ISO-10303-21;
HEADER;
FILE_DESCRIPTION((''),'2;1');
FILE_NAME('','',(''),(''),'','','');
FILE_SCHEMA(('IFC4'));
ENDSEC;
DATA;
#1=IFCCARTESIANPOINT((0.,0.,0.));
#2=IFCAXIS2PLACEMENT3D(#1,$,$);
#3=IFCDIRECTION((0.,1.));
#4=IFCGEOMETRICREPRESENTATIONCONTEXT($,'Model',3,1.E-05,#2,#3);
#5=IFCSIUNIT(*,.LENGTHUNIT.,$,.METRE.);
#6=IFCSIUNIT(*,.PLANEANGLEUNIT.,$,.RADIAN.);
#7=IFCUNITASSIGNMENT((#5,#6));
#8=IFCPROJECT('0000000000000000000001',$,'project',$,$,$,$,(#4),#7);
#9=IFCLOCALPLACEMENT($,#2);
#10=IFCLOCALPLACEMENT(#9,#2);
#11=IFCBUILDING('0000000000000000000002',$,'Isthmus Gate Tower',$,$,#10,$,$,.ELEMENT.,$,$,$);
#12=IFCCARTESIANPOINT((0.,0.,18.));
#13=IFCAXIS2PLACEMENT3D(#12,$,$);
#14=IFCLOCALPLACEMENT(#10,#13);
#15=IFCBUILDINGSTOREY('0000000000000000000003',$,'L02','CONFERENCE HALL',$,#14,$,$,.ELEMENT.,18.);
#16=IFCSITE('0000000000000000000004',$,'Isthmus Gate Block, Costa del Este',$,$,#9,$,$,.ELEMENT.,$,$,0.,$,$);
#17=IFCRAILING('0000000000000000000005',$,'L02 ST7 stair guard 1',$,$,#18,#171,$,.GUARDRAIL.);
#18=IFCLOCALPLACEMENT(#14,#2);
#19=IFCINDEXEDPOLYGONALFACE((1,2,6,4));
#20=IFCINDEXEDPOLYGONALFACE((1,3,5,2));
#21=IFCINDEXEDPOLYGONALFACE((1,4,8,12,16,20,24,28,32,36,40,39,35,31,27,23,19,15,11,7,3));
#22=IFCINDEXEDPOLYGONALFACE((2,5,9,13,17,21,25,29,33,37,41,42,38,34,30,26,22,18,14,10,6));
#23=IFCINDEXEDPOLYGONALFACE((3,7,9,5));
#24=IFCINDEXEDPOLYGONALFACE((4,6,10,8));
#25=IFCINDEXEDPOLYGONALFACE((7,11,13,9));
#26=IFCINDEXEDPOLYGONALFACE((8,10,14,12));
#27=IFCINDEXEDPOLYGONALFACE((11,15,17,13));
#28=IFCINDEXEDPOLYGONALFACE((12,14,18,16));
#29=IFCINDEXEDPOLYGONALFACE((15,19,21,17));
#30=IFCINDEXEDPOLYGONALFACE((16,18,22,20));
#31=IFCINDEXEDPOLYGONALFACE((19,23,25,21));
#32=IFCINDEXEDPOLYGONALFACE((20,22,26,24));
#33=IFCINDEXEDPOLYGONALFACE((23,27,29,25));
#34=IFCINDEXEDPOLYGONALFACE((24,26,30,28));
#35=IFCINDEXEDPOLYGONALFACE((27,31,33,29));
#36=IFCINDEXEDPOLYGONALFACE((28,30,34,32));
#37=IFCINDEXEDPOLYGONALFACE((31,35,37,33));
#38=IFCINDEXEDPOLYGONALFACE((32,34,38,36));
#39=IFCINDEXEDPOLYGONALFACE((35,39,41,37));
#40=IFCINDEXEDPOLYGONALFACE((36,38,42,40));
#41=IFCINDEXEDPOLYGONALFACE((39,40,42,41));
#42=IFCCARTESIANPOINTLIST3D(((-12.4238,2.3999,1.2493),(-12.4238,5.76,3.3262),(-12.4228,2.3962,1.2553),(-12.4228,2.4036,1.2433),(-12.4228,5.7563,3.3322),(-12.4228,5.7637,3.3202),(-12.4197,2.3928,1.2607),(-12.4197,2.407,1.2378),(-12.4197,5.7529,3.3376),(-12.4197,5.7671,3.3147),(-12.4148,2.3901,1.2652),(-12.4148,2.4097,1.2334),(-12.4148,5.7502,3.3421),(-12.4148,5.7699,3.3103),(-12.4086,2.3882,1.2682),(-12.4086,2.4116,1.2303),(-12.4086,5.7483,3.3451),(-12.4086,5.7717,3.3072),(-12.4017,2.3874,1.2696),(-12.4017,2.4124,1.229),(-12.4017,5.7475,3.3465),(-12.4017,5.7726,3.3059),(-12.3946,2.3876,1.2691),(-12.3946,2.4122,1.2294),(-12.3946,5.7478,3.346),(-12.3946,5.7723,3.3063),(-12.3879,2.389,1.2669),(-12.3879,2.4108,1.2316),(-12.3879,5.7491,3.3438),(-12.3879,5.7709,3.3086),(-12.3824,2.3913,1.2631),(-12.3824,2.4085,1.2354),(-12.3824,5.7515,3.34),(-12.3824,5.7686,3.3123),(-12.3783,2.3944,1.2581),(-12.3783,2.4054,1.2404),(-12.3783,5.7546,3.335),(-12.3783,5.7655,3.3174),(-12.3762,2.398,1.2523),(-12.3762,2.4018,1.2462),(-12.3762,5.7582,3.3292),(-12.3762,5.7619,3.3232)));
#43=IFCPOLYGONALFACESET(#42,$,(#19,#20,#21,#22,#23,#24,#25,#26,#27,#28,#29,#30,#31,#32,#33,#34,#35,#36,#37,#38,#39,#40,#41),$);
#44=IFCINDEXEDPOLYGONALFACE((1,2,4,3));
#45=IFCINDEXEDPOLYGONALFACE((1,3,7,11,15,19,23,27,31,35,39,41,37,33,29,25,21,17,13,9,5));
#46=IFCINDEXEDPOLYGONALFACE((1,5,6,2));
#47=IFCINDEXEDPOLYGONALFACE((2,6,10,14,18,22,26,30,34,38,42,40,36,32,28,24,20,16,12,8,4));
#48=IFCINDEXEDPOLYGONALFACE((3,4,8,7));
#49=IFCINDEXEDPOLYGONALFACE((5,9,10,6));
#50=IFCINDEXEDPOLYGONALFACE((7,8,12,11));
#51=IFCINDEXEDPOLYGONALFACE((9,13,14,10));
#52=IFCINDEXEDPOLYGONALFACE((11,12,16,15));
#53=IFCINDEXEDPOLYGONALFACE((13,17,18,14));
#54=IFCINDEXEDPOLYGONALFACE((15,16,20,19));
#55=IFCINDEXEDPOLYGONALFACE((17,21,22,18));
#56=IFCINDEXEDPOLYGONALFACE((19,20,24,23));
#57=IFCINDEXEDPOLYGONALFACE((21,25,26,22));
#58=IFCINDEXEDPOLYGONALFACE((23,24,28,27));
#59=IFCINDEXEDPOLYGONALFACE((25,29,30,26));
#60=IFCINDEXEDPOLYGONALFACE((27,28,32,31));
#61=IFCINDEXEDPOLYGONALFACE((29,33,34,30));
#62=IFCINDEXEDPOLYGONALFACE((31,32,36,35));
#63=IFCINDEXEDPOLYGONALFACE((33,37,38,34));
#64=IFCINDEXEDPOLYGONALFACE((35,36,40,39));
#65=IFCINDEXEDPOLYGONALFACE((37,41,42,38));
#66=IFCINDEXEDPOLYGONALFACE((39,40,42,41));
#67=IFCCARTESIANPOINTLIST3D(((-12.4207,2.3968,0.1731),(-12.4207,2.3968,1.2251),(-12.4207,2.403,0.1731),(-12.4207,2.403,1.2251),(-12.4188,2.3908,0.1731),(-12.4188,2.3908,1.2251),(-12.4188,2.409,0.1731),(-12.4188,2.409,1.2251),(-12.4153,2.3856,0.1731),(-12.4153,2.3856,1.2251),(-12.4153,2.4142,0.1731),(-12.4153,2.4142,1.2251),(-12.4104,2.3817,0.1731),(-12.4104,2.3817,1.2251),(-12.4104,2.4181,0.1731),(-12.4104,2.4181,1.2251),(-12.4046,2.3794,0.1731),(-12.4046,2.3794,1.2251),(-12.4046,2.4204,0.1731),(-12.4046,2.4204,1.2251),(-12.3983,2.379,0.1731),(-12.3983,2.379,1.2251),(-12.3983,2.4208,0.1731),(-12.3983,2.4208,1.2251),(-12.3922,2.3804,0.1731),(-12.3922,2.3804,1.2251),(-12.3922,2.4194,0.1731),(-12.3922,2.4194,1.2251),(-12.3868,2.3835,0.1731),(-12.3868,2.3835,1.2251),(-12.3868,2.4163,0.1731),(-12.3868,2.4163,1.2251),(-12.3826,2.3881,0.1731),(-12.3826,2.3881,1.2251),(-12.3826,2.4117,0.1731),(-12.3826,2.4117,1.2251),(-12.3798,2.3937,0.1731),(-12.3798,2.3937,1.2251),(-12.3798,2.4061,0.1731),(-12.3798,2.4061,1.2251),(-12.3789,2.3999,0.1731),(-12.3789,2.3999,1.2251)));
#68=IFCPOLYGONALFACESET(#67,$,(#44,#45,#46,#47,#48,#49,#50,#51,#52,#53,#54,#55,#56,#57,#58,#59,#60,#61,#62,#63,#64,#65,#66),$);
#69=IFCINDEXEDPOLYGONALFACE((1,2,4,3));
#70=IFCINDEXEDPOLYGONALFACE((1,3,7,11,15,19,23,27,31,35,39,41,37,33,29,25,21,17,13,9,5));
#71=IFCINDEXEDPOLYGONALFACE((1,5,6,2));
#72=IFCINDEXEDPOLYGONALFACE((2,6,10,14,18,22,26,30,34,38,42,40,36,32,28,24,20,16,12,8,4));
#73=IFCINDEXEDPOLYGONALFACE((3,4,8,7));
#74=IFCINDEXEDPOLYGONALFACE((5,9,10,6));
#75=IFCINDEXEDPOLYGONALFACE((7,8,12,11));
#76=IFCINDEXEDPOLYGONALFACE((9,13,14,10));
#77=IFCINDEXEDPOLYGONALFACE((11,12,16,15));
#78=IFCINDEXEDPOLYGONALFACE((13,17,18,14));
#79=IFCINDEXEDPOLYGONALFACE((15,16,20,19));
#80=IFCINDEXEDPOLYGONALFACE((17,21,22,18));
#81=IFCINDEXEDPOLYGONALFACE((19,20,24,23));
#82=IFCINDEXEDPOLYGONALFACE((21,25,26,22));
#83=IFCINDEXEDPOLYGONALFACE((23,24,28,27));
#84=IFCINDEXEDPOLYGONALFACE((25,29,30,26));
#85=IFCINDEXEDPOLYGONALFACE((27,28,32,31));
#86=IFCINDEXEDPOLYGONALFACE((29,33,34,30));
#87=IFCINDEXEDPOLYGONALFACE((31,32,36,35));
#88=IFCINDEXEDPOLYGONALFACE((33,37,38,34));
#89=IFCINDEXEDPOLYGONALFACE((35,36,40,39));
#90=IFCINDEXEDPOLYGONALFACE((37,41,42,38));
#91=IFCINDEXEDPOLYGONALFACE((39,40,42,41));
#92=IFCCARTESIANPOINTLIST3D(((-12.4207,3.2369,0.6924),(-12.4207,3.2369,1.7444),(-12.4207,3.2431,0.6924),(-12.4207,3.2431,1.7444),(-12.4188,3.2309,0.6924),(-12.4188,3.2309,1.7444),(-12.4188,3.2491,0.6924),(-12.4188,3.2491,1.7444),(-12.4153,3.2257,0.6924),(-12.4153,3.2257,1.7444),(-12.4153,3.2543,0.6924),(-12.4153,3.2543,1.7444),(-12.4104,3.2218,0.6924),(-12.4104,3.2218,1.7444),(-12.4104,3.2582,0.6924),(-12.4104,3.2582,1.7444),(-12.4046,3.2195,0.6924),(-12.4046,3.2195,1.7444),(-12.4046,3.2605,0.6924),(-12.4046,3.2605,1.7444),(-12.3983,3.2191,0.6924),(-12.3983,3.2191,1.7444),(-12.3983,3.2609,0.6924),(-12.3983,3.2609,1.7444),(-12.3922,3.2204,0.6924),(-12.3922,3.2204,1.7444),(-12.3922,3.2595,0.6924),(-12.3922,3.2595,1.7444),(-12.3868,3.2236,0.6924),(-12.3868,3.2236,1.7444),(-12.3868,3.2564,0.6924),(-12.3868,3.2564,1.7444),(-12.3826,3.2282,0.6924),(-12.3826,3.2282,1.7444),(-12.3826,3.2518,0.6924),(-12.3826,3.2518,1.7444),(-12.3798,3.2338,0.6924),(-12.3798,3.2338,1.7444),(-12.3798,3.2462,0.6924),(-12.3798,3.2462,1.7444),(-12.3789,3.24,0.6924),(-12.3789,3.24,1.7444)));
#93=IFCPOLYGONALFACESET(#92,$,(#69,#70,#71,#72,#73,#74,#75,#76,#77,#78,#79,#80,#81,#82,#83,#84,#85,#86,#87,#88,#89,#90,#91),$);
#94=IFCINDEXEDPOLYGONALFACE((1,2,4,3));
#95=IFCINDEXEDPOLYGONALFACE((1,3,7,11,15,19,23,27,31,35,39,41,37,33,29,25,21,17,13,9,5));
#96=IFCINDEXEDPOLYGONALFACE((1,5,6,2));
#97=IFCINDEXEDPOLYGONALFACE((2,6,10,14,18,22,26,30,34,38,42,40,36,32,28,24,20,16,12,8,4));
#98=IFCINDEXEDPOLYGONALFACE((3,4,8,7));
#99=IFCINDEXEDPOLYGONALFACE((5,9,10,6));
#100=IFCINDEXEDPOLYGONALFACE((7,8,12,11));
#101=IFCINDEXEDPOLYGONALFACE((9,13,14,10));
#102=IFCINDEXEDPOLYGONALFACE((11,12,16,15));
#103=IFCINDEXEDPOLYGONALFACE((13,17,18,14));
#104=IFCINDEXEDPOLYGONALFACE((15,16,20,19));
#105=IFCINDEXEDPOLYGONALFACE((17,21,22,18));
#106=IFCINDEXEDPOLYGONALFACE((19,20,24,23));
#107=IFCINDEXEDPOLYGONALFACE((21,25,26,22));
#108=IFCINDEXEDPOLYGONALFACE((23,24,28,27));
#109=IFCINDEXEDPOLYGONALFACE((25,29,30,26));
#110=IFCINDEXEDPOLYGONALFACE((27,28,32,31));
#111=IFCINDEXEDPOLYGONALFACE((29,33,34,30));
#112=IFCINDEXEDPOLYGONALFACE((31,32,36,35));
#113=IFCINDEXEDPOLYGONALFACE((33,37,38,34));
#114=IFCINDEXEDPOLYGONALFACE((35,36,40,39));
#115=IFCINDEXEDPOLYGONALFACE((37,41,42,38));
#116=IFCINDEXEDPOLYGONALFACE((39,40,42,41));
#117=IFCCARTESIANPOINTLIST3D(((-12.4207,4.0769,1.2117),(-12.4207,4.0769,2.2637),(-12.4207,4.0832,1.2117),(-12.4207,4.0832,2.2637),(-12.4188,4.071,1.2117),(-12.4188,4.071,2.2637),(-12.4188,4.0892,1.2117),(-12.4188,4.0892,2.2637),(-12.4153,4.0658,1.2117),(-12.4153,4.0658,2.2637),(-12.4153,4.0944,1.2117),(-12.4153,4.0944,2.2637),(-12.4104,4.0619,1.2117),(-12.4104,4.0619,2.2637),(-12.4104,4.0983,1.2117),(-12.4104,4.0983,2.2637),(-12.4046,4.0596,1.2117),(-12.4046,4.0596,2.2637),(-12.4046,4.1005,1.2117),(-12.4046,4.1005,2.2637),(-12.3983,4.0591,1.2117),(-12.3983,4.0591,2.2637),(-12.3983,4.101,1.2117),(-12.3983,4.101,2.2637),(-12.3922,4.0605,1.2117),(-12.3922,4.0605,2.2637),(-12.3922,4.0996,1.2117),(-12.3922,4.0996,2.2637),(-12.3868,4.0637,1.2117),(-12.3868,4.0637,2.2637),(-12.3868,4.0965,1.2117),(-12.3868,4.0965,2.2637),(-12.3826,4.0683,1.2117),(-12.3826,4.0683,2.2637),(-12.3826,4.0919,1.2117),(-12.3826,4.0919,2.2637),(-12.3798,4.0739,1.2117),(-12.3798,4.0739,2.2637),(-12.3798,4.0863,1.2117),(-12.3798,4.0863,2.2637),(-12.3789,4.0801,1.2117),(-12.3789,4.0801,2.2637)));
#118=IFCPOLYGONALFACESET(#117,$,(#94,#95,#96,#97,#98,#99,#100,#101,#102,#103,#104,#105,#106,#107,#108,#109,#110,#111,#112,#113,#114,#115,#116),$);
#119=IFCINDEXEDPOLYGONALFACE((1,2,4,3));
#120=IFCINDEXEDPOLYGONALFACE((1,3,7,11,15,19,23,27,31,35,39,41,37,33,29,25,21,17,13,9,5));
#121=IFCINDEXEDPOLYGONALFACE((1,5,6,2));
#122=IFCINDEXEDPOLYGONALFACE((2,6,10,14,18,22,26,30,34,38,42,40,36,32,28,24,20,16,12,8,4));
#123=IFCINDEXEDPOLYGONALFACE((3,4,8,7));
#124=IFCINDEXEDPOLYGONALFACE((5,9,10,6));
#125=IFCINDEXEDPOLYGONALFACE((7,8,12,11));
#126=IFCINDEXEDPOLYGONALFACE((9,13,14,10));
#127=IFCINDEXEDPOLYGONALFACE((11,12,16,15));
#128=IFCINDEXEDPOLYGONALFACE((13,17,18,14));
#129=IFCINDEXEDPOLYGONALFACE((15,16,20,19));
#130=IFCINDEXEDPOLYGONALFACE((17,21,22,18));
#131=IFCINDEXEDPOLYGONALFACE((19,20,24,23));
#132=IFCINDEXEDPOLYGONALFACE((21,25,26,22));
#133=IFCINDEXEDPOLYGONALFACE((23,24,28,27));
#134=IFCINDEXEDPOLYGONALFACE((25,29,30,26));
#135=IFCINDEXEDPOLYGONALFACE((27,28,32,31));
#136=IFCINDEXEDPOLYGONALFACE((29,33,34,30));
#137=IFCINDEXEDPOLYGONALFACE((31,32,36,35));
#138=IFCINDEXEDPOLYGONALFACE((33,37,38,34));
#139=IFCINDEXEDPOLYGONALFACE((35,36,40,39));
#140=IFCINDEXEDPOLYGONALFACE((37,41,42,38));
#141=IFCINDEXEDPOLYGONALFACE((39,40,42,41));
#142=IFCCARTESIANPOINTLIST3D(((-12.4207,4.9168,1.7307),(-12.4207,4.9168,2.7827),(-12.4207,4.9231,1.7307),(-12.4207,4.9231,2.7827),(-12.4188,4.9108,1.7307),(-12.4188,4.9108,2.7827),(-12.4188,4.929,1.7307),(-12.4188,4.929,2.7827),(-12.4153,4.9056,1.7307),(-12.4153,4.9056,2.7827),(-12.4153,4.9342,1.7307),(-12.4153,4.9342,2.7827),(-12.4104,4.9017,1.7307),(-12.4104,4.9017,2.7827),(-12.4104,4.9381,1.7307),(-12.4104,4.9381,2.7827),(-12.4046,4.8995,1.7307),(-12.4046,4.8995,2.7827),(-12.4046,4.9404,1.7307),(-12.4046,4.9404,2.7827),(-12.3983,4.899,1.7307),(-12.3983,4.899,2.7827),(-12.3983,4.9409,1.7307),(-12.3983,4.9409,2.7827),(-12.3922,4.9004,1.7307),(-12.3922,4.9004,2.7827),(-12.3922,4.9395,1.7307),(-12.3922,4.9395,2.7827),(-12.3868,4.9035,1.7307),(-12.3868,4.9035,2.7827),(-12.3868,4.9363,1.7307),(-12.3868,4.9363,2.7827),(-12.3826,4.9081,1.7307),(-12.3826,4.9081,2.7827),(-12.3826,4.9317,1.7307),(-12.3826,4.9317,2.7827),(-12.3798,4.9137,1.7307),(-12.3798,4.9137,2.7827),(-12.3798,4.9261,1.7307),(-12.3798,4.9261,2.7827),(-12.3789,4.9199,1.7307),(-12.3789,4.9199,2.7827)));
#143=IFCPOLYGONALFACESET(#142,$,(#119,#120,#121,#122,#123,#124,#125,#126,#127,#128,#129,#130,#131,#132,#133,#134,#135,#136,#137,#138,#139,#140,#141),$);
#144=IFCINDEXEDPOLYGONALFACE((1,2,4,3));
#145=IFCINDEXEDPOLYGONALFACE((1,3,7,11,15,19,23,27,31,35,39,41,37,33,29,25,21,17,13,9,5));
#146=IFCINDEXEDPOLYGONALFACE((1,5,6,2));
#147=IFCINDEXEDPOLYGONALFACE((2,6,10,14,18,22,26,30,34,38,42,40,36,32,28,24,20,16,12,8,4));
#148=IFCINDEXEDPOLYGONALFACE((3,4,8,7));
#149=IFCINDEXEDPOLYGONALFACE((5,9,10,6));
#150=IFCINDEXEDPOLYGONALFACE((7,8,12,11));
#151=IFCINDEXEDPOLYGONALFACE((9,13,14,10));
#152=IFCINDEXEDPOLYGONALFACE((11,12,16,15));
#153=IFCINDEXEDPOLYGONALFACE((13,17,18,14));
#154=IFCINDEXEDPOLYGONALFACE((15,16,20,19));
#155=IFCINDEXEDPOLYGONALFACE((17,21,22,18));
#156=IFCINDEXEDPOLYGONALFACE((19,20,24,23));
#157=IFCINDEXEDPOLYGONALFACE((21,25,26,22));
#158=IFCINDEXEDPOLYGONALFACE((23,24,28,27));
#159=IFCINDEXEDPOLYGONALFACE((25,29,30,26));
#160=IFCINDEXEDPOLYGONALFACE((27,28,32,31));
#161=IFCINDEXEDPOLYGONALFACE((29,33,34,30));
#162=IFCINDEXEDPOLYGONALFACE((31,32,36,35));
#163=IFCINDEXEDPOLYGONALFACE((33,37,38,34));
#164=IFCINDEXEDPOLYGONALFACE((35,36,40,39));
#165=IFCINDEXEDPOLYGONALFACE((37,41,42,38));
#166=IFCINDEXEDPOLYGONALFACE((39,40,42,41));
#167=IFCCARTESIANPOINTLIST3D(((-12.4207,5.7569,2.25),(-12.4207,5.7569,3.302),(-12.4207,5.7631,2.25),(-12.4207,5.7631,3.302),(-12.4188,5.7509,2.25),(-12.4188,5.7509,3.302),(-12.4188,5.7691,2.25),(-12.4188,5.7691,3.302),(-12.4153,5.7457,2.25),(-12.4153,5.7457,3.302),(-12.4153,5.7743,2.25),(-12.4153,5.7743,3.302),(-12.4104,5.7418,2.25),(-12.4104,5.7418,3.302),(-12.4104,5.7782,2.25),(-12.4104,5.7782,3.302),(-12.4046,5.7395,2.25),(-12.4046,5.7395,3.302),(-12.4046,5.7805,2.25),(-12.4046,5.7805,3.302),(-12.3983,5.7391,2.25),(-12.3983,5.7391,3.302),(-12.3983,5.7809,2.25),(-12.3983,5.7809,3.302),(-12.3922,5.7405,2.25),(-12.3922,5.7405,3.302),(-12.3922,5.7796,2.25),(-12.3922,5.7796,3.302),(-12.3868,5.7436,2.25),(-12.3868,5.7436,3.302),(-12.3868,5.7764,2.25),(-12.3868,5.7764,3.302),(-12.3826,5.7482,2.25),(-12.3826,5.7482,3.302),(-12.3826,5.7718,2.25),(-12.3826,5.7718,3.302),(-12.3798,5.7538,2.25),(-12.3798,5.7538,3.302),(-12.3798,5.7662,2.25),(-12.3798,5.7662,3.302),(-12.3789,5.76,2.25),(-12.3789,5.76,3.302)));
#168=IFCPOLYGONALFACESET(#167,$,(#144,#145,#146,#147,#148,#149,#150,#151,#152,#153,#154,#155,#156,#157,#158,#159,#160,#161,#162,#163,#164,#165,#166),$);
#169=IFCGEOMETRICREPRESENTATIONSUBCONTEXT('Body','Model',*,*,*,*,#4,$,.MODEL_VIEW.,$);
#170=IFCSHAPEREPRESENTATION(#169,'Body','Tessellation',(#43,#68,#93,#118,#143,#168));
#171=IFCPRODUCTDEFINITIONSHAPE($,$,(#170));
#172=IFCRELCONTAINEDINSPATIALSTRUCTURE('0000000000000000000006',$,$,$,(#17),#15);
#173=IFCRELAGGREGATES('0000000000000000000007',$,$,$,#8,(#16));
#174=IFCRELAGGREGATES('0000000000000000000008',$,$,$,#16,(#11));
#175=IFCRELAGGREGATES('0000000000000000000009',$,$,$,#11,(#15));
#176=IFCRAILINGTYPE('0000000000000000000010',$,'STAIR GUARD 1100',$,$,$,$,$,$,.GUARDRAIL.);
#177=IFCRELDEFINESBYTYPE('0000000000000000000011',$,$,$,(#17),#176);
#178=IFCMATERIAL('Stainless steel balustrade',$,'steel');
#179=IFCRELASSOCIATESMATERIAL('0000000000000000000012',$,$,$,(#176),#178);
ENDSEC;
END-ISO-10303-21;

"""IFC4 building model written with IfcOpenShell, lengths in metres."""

from ifc_helpers import new_model, si_unit, direction, frame, origin, origin_2d, place, context, subcontext, project, spatial, circle, extrude, material, type_object, element, save


model = new_model("IFC4")

# Units and contexts
model_context = context("Model", 3, precision=1e-05, world=origin(), true_north=direction((0.0, 1.0)))
body_context = subcontext(model_context, "Body", "Model", "MODEL_VIEW")
ifc_project = project(units=[si_unit("LENGTHUNIT", "METRE"), si_unit("PLANEANGLEUNIT", "RADIAN")], contexts=[model_context])

# Site, building, storey
site_placement = place(None, origin())
site = spatial("IfcSite", under=ifc_project, at=site_placement, Name="Isthmus Gate Block, Costa del Este", CompositionType="ELEMENT", RefElevation=0.0)
building_placement = place(site_placement, origin())
building = spatial("IfcBuilding", under=site, at=building_placement, Name="Isthmus Gate Tower", CompositionType="ELEMENT")
storey_placement = place(building_placement, frame((0.0, 0.0, 18.0)))
storey = spatial("IfcBuildingStorey", under=building, at=storey_placement, Name="L02", Description="CONFERENCE HALL", CompositionType="ELEMENT", Elevation=18.0)

# Railing
ifc_material_1 = material(Name="Stainless steel balustrade", Category="steel")
railing_type_1 = type_object("IfcRailingType", Name="STAIR GUARD 1100", PredefinedType="GUARDRAIL", material=ifc_material_1)
railing_1_placement = place(storey_placement, frame((-12.3999, 2.3999, 0.1731)))
element("IfcRailing", 1, at=railing_1_placement, inside=storey, type_object=railing_type_1, Name="L02 ST7 stair guard 1", PredefinedType="GUARDRAIL", context=body_context, shape_type="SweptSolid", body=[
    extrude(circle(Radius=0.0239, at=origin_2d()), frame((0.0, 0.0, 1.0762), z_axis=(0.0, 0.850623, 0.525776), x_axis=(-1.0, 0.0, 0.0)), (0.0, 0.0, 1.0), 3.9502),
    extrude(circle(Radius=0.021, at=origin_2d()), origin(), (0.0, 0.0, 1.0), 1.052),
    extrude(circle(Radius=0.021, at=origin_2d()), frame((0.0, 0.8401, 0.5193)), (0.0, 0.0, 1.0), 1.052),
    extrude(circle(Radius=0.021, at=origin_2d()), frame((0.0, 1.6802, 1.0386)), (0.0, 0.0, 1.0), 1.052),
    extrude(circle(Radius=0.021, at=origin_2d()), frame((0.0, 2.52, 1.5576)), (0.0, 0.0, 1.0), 1.052),
    extrude(circle(Radius=0.021, at=origin_2d()), frame((0.0, 3.3601, 2.0769)), (0.0, 0.0, 1.0), 1.052),
])

save(model, "model.ifc")
